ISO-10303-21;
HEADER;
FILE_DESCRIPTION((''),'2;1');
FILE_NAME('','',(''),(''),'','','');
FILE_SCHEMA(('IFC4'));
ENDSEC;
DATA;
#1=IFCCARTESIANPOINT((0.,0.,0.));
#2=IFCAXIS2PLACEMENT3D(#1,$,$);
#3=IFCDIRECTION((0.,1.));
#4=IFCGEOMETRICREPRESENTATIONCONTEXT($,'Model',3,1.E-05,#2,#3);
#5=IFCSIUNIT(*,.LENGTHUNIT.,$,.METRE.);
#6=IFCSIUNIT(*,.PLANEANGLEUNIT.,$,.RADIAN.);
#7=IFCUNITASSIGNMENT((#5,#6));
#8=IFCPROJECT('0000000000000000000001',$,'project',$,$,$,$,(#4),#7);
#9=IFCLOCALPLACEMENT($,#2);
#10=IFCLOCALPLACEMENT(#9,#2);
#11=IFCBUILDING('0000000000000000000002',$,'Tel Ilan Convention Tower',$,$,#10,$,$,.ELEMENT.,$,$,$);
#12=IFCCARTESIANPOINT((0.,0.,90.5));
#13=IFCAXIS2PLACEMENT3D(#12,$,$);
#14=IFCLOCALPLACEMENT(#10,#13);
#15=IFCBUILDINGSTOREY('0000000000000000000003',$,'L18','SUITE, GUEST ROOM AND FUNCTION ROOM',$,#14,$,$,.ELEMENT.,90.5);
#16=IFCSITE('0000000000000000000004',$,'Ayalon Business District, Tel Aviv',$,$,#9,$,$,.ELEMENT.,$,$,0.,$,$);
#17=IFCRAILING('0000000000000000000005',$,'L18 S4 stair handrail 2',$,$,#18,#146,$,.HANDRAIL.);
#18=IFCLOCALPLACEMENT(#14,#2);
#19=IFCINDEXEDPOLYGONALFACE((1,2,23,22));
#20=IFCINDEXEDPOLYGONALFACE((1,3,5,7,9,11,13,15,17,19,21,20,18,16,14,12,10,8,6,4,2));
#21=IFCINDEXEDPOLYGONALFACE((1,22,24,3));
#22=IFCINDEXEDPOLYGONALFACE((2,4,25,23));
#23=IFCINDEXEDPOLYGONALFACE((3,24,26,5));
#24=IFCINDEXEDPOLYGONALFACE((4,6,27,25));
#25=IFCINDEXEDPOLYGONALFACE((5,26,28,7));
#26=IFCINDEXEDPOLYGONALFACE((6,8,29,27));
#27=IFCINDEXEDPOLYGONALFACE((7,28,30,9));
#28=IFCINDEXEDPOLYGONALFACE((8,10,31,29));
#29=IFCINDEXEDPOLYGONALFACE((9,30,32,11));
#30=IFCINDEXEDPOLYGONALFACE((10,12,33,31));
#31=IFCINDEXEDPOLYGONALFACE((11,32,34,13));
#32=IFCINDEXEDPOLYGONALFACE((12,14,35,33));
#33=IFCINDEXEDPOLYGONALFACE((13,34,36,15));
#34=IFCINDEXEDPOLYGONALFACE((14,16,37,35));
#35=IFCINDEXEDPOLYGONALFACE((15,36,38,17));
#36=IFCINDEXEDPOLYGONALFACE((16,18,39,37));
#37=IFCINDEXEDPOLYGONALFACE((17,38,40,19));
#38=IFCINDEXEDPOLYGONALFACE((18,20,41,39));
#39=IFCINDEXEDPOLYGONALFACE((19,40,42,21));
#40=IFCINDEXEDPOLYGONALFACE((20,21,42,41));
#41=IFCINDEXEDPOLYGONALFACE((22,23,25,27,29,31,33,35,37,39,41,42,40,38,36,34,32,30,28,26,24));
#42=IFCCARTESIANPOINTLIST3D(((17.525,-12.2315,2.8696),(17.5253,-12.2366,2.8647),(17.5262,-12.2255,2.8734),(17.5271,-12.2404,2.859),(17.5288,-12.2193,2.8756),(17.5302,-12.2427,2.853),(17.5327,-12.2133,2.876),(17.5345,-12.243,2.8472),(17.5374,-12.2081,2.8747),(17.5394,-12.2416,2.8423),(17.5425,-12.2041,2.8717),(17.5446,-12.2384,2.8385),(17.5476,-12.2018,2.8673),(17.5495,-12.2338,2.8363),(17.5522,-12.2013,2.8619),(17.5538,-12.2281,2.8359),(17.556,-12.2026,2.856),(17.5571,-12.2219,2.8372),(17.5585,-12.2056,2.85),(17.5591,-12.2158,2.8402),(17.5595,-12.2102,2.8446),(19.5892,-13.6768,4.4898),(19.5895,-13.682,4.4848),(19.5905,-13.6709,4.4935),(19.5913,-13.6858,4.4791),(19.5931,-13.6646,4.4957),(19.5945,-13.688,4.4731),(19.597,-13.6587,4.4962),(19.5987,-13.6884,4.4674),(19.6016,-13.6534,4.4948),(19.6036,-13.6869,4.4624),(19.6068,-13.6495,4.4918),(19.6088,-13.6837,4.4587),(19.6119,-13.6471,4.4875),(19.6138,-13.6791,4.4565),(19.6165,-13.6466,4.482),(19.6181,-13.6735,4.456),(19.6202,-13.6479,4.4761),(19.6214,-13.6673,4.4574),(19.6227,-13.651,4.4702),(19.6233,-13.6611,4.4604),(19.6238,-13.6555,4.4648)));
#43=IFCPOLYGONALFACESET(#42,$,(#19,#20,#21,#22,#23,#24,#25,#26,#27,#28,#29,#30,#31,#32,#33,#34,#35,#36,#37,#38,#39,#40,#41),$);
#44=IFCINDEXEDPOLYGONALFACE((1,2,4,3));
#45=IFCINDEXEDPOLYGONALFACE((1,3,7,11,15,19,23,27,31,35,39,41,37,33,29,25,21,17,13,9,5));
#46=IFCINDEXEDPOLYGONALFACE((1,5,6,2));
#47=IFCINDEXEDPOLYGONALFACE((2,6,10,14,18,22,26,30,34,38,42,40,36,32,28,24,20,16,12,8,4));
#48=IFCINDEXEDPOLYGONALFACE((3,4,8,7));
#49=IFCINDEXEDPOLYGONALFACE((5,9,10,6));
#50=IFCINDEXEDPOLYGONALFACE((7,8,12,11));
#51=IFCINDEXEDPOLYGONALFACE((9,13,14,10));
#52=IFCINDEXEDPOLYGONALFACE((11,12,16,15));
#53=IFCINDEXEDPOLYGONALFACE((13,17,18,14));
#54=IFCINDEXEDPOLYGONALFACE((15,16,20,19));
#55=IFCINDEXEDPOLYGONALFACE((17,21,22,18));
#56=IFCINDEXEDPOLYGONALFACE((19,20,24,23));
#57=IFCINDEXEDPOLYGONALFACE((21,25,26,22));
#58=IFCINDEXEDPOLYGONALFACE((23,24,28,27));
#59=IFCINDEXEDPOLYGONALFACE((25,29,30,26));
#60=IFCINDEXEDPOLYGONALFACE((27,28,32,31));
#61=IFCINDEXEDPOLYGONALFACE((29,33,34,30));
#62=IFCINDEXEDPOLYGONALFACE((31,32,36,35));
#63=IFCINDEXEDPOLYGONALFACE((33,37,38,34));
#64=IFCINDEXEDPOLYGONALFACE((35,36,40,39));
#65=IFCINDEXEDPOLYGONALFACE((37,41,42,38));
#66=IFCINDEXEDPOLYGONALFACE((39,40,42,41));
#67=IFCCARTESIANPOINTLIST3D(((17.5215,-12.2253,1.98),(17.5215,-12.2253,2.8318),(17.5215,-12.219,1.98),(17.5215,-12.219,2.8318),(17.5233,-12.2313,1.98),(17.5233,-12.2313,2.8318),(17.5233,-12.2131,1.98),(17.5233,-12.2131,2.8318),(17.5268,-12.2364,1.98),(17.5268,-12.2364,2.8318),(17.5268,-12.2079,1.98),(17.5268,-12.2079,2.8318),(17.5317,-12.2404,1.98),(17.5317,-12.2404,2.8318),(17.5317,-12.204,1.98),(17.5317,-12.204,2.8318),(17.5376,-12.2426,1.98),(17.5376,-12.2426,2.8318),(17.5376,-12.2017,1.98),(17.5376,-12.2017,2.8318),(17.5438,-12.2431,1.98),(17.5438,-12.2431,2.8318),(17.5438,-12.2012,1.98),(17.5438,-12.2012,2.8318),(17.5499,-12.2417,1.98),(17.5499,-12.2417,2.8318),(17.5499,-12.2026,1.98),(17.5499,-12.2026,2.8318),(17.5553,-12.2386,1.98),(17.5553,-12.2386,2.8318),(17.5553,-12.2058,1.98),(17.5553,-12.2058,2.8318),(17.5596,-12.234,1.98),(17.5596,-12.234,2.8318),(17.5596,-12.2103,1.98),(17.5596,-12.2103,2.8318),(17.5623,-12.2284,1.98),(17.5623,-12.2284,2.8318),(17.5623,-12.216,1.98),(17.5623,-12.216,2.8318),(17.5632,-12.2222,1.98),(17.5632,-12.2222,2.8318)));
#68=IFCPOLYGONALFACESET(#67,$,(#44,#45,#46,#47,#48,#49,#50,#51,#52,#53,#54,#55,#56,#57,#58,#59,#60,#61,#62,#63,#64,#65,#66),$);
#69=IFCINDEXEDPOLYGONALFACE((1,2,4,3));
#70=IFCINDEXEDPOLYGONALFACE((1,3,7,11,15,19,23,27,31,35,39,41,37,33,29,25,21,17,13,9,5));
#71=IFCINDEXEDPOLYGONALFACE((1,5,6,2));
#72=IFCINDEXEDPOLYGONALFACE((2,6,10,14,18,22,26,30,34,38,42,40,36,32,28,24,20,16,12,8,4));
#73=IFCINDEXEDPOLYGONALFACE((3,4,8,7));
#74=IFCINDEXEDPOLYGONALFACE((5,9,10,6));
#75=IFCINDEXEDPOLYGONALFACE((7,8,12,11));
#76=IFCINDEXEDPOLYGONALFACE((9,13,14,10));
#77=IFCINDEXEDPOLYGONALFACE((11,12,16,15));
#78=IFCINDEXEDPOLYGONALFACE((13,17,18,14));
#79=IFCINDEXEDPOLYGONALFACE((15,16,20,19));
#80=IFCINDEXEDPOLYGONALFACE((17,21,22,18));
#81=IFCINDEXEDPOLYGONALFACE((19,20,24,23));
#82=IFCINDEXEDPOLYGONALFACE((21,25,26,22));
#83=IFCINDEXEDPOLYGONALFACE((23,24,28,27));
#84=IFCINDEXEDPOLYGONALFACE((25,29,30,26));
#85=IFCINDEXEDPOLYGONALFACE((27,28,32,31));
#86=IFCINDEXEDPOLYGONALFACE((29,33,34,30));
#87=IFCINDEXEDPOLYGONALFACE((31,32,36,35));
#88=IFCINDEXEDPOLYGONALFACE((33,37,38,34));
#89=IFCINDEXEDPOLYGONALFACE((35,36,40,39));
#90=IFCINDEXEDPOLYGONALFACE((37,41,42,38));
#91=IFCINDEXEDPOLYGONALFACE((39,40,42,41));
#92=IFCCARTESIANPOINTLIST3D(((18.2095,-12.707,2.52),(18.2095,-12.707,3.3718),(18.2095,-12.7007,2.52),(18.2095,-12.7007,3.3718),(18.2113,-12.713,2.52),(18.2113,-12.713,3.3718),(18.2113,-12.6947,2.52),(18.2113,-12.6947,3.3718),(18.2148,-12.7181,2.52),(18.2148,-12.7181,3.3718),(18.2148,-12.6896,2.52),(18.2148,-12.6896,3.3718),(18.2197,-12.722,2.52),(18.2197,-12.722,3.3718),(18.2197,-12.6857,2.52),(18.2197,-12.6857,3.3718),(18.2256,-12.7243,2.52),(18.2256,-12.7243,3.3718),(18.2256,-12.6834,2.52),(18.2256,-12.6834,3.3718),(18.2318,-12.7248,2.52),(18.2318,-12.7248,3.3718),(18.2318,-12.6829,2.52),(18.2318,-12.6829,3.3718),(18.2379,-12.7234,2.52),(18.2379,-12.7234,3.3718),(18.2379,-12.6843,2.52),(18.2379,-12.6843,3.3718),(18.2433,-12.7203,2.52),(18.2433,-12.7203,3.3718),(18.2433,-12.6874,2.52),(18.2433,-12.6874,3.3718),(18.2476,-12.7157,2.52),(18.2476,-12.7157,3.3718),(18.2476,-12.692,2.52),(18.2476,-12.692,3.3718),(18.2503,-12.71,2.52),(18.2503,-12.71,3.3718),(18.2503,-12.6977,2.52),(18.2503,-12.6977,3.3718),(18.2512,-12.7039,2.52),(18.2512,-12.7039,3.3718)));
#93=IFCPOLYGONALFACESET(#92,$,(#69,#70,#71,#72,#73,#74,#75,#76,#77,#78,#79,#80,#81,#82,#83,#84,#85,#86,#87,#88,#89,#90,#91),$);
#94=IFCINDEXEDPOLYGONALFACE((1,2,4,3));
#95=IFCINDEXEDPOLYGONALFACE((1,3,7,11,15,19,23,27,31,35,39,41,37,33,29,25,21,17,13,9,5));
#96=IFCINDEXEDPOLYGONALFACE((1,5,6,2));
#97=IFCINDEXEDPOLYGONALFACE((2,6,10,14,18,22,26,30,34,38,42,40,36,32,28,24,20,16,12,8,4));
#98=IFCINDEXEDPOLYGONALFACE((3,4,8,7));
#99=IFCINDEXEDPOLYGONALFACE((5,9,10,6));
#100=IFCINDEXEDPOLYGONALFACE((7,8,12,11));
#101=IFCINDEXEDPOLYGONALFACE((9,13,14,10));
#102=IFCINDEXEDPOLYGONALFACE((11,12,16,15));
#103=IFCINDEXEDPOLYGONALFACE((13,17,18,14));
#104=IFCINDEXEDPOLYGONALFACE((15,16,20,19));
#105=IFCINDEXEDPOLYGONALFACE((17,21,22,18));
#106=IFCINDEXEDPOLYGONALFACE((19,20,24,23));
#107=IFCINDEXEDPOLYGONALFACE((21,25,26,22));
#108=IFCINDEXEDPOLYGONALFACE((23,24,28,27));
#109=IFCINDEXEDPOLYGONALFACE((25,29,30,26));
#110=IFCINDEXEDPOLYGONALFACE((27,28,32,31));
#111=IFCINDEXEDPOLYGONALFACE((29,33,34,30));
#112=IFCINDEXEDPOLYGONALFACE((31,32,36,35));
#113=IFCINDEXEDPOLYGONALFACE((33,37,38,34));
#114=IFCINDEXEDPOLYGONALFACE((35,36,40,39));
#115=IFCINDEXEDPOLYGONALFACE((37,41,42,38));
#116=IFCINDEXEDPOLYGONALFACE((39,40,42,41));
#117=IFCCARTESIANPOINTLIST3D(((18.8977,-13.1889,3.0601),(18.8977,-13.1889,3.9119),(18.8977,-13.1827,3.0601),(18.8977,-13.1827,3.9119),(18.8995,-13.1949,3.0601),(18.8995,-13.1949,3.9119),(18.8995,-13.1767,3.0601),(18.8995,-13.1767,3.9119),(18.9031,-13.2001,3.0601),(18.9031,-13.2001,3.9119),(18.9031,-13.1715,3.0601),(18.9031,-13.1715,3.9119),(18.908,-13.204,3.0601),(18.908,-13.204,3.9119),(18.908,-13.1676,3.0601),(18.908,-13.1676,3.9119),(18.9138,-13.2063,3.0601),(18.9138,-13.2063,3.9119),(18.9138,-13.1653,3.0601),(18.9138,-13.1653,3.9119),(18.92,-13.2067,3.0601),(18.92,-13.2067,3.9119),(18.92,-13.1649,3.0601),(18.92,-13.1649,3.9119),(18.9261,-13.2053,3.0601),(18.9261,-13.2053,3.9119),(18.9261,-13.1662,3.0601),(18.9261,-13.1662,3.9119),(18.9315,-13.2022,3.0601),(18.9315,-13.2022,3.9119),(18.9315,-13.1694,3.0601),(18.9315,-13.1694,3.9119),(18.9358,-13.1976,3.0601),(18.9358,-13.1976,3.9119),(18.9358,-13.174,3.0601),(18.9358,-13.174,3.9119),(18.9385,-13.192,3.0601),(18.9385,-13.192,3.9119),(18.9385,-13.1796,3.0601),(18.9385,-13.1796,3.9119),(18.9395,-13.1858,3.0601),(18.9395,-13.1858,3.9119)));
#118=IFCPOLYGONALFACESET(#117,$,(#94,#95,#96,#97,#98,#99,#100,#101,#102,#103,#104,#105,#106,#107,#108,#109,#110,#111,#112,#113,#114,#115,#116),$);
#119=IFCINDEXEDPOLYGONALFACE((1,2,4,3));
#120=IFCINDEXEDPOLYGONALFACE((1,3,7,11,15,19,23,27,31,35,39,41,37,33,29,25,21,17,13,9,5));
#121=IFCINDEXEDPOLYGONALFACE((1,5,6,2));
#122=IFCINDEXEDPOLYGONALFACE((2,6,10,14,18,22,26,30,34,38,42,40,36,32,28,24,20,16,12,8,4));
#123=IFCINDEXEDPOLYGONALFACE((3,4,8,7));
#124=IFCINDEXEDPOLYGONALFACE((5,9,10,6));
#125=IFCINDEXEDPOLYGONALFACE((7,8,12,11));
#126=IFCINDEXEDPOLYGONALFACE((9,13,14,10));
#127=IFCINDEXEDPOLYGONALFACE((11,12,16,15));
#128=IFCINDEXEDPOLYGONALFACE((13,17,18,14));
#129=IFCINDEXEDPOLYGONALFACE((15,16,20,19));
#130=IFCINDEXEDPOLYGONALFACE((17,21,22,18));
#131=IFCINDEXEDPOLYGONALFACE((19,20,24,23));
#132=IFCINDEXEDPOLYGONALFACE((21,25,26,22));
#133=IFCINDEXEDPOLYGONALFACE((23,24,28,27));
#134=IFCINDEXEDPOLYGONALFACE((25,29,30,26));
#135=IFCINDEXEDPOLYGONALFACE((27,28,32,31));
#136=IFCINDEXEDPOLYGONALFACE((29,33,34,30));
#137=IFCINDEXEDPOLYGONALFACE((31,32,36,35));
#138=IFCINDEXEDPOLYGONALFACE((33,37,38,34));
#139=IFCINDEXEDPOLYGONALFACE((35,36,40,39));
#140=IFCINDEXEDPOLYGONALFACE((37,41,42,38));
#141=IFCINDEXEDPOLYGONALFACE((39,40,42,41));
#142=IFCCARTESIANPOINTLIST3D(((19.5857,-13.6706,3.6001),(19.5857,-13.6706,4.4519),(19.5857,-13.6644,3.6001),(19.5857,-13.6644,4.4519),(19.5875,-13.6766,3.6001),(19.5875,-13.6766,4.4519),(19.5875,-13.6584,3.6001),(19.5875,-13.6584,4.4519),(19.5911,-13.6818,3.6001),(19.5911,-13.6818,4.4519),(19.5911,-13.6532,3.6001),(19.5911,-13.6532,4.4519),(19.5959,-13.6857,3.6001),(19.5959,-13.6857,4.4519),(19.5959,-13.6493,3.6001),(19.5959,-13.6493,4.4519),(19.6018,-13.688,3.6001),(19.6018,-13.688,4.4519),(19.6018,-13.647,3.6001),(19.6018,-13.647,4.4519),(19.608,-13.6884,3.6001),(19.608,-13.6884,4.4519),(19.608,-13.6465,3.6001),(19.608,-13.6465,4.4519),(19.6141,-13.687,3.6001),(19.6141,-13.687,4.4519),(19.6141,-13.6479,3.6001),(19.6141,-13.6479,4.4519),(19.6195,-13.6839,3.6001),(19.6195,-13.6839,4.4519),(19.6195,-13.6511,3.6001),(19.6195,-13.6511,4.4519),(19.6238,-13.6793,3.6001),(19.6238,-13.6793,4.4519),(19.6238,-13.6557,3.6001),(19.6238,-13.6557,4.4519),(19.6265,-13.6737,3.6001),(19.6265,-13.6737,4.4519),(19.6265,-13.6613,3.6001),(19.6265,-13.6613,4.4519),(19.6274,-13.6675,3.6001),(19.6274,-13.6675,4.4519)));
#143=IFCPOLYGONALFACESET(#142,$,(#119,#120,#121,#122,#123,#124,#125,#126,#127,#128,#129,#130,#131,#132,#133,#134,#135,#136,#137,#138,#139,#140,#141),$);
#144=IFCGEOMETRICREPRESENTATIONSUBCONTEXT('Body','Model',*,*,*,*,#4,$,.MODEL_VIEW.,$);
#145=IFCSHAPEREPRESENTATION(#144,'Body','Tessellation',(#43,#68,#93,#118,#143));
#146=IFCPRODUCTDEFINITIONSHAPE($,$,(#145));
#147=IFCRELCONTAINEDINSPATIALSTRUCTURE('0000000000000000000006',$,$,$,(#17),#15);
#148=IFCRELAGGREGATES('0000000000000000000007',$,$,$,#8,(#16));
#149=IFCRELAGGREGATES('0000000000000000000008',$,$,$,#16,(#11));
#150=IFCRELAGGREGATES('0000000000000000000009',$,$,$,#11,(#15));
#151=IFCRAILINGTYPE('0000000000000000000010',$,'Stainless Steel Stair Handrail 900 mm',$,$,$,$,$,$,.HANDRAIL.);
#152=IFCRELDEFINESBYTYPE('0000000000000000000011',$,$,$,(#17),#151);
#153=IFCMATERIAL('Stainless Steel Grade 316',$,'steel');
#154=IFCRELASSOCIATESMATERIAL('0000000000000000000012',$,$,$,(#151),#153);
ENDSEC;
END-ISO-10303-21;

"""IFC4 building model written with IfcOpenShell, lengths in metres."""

from ifc_helpers import new_model, si_unit, direction, frame, origin, origin_2d, place, context, subcontext, project, spatial, circle, extrude, material, type_object, element, save


model = new_model("IFC4")

# Units and contexts
model_context = context("Model", 3, precision=1e-05, world=origin(), true_north=direction((0.0, 1.0)))
body_context = subcontext(model_context, "Body", "Model", "MODEL_VIEW")
ifc_project = project(units=[si_unit("LENGTHUNIT", "METRE"), si_unit("PLANEANGLEUNIT", "RADIAN")], contexts=[model_context])

# Site, building, storey
site_placement = place(None, origin())
site = spatial("IfcSite", under=ifc_project, at=site_placement, Name="Ayalon Business District, Tel Aviv", CompositionType="ELEMENT", RefElevation=0.0)
building_placement = place(site_placement, origin())
building = spatial("IfcBuilding", under=site, at=building_placement, Name="Tel Ilan Convention Tower", CompositionType="ELEMENT")
storey_placement = place(building_placement, frame((0.0, 0.0, 90.5)))
storey = spatial("IfcBuildingStorey", under=building, at=storey_placement, Name="L18", Description="SUITE, GUEST ROOM AND FUNCTION ROOM", CompositionType="ELEMENT", Elevation=90.5)

# Railing
ifc_material_1 = material(Name="Stainless Steel Grade 316", Category="steel")
railing_type_1 = type_object("IfcRailingType", Name="Stainless Steel Stair Handrail 900 mm", PredefinedType="HANDRAIL", material=ifc_material_1)
for number, where, name in (
    (1, (17.5422, -12.2222, 1.98), "L18 S4 stair handrail 2"),
):
    element("IfcRailing", number, at=place(storey_placement, frame(where)), inside=storey, type_object=railing_type_1, Name=name, PredefinedType="HANDRAIL", context=body_context, shape_type="SweptSolid", body=[
        extrude(circle(Radius=0.0239, at=origin_2d()), frame((0.0, 0.0, 0.876), z_axis=(0.68904, -0.48245, 0.540801), x_axis=(0.57356, 0.819164, 0.0)), (0.0, 0.0, 1.0), 2.9958),
        extrude(circle(Radius=0.021, at=origin_2d()), origin(), (0.0, 0.0, 1.0), 0.8518),
        extrude(circle(Radius=0.021, at=origin_2d()), frame((0.688, -0.4817, 0.54)), (0.0, 0.0, 1.0), 0.8518),
        extrude(circle(Radius=0.021, at=origin_2d()), frame((1.3762, -0.9636, 1.0801)), (0.0, 0.0, 1.0), 0.8518),
        extrude(circle(Radius=0.021, at=origin_2d()), frame((2.0642, -1.4453, 1.6201)), (0.0, 0.0, 1.0), 0.8518),
    ])

save(model, "model.ifc")
